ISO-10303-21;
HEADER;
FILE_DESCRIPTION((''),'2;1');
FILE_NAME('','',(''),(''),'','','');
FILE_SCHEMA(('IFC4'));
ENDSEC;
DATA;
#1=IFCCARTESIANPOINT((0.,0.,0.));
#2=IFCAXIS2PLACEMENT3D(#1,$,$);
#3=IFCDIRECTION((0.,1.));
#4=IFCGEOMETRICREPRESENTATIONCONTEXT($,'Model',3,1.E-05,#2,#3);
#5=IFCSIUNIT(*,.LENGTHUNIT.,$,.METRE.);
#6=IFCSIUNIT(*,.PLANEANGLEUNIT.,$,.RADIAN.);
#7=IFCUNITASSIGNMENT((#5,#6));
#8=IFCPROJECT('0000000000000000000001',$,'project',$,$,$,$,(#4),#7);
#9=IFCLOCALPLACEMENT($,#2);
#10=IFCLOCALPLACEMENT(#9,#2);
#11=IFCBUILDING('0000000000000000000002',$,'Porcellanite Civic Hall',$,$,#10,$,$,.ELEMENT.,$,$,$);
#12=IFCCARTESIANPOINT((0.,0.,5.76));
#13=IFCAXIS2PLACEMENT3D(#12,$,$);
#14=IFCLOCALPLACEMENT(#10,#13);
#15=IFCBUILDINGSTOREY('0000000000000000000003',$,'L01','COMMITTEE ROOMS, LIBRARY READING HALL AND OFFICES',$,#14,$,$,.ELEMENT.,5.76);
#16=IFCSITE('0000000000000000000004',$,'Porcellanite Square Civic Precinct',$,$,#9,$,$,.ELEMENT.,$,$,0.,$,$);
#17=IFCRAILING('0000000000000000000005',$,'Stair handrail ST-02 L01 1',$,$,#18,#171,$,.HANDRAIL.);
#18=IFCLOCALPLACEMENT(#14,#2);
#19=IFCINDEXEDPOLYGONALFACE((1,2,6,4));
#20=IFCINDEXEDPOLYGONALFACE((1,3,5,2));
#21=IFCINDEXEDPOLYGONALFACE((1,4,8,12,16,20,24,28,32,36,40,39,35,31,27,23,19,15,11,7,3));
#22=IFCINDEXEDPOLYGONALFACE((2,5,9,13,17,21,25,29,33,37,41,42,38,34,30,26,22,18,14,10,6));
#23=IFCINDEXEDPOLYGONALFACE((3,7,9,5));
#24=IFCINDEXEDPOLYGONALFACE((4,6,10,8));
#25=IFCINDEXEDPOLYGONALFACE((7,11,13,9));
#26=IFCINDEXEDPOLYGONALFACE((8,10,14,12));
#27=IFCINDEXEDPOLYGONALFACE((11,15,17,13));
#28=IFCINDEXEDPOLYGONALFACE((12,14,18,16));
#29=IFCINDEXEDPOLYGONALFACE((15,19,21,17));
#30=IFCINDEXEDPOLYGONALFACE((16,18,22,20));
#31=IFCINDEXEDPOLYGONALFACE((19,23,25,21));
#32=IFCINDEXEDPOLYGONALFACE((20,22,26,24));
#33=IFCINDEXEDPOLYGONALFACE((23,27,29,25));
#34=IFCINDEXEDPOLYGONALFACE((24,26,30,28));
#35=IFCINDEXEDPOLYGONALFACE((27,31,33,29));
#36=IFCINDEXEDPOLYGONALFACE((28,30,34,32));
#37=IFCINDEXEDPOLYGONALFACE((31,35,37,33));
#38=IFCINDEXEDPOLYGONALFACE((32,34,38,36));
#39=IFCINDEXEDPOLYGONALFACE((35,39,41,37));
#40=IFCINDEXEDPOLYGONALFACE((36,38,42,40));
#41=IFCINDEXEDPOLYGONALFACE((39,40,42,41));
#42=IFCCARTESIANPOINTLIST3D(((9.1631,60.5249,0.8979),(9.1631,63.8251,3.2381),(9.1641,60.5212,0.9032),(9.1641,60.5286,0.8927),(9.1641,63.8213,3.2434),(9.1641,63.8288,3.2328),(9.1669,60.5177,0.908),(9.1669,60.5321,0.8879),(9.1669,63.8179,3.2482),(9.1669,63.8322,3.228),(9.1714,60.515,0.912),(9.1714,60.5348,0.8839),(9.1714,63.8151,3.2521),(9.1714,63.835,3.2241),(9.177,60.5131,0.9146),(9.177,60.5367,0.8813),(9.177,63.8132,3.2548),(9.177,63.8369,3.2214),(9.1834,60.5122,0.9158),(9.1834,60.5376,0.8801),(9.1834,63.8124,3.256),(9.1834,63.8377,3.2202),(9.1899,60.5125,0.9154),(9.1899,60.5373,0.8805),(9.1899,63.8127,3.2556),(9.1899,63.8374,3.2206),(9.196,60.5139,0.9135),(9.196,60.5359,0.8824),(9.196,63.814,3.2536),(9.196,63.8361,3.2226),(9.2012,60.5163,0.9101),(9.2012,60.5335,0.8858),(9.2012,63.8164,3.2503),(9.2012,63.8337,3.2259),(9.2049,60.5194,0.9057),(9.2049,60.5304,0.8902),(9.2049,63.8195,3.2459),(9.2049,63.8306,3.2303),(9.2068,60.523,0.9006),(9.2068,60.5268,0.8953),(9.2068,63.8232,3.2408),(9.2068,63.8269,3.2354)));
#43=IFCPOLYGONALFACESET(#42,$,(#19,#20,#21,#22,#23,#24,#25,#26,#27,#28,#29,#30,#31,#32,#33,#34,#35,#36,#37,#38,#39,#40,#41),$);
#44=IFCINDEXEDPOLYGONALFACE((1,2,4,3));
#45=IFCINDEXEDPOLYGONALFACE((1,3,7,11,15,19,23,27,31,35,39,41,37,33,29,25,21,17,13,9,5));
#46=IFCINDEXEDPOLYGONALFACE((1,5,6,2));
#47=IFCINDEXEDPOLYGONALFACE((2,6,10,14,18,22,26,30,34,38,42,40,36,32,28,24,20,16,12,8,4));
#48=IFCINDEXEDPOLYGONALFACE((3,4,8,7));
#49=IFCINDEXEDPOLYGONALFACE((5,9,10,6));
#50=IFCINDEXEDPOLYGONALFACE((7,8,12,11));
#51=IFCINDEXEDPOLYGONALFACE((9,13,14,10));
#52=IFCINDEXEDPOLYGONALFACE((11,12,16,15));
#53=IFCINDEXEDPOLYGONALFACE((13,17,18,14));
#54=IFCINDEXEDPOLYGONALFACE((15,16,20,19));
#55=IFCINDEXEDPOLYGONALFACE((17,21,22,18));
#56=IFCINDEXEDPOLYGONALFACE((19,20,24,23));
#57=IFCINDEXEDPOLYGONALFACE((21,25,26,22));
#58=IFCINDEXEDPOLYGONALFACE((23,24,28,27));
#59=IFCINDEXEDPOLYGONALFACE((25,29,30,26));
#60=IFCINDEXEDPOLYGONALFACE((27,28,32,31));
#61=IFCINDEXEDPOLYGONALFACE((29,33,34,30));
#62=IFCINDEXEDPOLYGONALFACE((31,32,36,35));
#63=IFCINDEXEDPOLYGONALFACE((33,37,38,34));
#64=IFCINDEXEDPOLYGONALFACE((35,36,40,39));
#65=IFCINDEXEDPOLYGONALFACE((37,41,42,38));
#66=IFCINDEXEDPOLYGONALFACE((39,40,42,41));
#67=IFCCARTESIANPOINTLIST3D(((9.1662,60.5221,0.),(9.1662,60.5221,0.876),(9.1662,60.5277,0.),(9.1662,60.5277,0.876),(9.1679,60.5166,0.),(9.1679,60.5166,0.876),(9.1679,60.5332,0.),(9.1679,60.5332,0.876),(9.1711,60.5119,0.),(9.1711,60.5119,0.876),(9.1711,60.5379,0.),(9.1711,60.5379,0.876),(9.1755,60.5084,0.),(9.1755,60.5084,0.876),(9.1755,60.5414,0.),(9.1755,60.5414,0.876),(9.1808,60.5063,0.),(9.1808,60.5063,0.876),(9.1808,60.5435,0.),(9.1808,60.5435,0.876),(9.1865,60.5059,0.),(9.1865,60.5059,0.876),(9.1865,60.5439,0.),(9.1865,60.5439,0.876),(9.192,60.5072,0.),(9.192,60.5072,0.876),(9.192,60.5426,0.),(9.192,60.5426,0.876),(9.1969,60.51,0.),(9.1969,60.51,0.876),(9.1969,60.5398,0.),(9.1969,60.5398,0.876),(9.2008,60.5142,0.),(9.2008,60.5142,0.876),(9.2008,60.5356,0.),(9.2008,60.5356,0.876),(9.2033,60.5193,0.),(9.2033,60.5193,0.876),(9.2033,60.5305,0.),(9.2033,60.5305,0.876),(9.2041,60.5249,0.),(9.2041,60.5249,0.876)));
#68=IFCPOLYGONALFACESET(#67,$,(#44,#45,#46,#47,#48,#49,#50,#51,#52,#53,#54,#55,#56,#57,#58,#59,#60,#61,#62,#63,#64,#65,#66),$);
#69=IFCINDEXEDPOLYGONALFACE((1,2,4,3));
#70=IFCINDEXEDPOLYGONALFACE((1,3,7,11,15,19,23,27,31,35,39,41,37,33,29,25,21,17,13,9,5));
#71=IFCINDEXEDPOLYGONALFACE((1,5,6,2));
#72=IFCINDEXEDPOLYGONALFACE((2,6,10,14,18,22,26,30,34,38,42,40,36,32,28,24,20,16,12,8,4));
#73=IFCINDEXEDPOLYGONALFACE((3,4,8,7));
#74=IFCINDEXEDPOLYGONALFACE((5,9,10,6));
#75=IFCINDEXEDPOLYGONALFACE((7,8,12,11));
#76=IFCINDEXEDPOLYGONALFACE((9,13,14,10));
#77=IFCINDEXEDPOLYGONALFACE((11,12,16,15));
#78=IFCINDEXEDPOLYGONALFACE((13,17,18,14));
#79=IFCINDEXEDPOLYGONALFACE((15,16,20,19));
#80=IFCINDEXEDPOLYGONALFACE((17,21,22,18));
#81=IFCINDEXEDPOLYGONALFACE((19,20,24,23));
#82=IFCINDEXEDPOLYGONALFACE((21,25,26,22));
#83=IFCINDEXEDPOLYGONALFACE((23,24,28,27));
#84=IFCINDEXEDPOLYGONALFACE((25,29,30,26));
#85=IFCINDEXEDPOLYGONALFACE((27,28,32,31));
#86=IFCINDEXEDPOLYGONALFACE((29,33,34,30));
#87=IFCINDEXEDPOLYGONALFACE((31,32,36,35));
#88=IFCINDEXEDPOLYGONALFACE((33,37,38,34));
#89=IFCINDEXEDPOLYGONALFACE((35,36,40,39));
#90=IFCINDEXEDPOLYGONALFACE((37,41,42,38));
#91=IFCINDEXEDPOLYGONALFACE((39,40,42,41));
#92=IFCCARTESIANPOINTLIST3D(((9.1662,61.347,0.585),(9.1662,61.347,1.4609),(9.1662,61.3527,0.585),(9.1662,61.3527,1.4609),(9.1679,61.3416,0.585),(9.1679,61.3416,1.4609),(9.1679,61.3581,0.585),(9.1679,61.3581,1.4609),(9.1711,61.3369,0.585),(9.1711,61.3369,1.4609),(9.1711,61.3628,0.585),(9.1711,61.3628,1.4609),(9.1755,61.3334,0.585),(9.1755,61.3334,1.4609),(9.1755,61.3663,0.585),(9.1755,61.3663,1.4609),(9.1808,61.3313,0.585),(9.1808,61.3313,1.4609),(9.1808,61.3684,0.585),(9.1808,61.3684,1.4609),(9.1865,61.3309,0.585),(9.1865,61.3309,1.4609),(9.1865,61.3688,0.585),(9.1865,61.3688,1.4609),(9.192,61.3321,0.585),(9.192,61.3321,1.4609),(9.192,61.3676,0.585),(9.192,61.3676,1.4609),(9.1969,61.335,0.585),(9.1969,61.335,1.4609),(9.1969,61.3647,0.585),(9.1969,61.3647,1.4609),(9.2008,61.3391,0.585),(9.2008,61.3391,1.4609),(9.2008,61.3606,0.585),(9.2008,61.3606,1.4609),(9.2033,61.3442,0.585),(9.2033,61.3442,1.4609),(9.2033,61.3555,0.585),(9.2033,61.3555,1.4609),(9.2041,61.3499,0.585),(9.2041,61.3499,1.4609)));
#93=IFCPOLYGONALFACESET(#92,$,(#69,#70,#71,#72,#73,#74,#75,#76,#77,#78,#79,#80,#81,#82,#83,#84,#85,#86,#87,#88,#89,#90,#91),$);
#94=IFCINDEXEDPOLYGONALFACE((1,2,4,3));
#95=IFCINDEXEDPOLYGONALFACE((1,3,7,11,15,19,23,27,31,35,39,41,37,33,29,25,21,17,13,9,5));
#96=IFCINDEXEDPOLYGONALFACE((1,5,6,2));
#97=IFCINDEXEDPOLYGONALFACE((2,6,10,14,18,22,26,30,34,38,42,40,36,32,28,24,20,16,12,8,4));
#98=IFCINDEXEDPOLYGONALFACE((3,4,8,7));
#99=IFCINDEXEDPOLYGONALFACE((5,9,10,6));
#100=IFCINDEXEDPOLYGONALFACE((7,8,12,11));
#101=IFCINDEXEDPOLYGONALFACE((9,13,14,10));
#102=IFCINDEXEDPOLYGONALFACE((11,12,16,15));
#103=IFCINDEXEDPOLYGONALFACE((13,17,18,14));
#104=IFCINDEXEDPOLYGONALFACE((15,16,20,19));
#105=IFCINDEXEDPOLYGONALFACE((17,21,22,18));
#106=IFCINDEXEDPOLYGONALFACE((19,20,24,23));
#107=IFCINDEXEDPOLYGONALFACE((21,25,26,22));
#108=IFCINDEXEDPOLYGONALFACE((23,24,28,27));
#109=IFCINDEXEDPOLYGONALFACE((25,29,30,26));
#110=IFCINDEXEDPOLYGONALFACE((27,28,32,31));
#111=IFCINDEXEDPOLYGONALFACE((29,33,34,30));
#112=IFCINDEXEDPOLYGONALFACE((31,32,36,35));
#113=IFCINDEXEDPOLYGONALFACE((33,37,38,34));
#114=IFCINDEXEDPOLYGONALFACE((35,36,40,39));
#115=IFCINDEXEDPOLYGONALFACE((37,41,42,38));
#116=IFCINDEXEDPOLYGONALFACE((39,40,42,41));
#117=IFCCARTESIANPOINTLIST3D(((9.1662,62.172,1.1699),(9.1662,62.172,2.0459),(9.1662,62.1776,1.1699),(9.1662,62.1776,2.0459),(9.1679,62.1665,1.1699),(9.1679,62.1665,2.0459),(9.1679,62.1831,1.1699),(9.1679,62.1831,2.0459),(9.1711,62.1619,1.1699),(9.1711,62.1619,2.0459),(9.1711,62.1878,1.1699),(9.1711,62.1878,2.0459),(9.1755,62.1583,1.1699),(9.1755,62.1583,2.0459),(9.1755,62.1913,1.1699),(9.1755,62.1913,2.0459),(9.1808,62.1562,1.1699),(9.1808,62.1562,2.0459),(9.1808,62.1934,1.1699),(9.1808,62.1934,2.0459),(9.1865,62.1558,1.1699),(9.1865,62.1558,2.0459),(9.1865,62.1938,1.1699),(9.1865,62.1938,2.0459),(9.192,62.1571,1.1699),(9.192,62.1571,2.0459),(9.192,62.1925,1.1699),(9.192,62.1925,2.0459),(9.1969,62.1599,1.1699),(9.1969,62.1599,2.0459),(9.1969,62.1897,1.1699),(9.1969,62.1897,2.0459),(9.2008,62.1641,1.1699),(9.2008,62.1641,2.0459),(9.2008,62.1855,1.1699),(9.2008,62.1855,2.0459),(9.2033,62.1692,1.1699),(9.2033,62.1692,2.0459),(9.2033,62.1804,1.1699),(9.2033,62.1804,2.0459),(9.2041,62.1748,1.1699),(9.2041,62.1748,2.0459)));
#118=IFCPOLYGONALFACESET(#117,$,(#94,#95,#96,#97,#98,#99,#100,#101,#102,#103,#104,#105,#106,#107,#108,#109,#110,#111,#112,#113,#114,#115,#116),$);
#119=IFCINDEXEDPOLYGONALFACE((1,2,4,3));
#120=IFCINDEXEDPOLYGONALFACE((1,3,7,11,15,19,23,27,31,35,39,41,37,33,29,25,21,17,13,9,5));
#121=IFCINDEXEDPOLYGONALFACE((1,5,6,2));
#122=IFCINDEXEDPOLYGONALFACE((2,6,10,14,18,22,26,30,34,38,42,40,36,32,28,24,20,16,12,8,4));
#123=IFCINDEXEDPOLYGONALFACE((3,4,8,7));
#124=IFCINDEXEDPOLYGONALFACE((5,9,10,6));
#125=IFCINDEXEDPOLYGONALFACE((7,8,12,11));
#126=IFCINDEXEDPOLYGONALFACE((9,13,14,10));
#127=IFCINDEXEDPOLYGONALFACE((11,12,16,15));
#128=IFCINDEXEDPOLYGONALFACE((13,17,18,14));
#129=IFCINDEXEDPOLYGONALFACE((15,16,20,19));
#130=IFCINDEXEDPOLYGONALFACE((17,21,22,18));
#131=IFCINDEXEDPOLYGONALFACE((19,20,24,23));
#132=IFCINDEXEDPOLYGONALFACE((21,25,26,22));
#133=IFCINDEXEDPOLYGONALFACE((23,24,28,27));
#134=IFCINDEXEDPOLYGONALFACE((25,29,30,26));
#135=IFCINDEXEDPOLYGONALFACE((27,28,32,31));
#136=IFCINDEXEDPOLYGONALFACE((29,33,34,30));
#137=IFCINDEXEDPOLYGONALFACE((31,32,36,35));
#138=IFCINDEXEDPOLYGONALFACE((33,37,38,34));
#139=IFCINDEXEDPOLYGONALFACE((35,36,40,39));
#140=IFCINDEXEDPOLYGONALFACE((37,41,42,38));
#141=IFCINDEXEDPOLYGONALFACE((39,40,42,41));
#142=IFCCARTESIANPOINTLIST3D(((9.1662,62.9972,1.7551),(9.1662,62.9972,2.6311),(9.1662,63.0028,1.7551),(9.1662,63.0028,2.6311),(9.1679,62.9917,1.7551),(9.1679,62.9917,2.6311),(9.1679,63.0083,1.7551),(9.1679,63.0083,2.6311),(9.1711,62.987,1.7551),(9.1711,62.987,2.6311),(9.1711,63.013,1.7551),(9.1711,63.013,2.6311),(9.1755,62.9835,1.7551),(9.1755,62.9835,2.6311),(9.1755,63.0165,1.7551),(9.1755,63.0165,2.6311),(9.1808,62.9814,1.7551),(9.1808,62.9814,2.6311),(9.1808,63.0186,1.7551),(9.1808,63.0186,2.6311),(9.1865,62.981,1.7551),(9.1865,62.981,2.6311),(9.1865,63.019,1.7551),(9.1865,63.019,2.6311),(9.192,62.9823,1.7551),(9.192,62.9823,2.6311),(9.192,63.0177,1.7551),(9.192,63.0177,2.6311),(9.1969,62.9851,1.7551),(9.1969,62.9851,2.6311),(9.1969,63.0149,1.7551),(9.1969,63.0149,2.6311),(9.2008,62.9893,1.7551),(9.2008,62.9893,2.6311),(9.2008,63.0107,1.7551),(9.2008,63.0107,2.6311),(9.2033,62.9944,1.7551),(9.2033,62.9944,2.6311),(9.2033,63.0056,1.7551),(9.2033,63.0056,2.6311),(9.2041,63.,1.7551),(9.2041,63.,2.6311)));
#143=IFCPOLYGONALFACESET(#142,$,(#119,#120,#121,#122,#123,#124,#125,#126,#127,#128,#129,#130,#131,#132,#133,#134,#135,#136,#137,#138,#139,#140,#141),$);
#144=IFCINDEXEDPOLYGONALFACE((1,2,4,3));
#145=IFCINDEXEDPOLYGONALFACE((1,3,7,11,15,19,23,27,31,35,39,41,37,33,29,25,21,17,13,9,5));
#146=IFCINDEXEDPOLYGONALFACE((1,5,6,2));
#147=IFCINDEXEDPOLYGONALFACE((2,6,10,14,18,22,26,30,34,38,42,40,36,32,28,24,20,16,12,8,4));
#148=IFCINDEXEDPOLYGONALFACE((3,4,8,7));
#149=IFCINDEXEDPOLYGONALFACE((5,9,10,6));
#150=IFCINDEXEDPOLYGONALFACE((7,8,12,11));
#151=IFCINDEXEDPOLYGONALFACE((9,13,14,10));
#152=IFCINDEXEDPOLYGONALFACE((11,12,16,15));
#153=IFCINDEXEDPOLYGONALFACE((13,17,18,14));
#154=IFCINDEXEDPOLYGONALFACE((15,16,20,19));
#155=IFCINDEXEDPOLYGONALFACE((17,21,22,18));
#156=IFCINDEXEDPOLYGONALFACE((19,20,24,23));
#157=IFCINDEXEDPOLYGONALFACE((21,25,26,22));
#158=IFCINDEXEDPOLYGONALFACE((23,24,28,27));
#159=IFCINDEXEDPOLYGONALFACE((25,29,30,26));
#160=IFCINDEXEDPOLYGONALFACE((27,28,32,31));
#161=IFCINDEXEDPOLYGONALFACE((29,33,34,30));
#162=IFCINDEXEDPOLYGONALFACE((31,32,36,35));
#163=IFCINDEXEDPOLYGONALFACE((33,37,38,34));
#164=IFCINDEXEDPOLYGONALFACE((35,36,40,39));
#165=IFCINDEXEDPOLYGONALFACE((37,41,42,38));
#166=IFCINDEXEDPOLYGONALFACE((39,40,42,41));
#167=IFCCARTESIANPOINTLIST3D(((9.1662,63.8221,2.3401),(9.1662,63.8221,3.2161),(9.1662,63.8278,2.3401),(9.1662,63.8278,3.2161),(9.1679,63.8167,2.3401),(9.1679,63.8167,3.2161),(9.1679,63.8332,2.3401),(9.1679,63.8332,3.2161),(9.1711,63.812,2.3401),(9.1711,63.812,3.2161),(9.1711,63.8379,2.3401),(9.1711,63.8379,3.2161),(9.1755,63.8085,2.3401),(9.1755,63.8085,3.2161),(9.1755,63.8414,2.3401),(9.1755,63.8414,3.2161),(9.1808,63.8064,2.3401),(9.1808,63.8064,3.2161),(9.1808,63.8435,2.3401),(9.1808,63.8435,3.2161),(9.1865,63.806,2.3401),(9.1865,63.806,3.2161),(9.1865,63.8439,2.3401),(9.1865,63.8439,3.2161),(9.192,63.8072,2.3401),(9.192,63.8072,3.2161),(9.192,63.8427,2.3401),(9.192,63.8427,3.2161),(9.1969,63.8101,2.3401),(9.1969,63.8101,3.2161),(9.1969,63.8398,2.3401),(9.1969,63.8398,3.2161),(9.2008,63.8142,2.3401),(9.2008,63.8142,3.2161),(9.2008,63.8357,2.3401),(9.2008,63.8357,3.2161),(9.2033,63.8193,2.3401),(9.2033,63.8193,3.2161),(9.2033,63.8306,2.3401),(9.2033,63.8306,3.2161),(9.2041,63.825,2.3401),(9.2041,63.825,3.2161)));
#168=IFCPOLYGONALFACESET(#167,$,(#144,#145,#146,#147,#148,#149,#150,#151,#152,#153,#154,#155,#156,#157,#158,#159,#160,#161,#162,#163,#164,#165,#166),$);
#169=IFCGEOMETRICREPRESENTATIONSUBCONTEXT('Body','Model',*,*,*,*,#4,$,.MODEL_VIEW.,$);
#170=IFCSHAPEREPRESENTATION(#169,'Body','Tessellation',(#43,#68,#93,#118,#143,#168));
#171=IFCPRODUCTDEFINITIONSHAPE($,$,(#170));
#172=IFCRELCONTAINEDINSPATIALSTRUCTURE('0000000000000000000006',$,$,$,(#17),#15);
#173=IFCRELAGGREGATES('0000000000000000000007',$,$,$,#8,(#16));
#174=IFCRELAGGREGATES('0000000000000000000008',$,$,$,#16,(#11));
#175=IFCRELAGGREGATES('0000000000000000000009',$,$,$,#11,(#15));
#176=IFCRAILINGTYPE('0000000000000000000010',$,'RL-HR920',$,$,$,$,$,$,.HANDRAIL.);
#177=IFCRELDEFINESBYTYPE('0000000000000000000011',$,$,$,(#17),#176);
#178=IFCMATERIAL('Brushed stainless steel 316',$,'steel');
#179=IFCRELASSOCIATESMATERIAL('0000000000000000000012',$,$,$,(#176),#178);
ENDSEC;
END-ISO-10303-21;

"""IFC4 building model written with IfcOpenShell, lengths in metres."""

from ifc_helpers import new_model, si_unit, direction, frame, origin, origin_2d, place, context, subcontext, project, spatial, circle, extrude, material, type_object, element, save


model = new_model("IFC4")

# Units and contexts
model_context = context("Model", 3, precision=1e-05, world=origin(), true_north=direction((0.0, 1.0)))
body_context = subcontext(model_context, "Body", "Model", "MODEL_VIEW")
ifc_project = project(units=[si_unit("LENGTHUNIT", "METRE"), si_unit("PLANEANGLEUNIT", "RADIAN")], contexts=[model_context])

# Site, building, storey
site_placement = place(None, origin())
site = spatial("IfcSite", under=ifc_project, at=site_placement, Name="Porcellanite Square Civic Precinct", CompositionType="ELEMENT", RefElevation=0.0)
building_placement = place(site_placement, origin())
building = spatial("IfcBuilding", under=site, at=building_placement, Name="Porcellanite Civic Hall", CompositionType="ELEMENT")
storey_placement = place(building_placement, frame((0.0, 0.0, 5.76)))
storey = spatial("IfcBuildingStorey", under=building, at=storey_placement, Name="L01", Description="COMMITTEE ROOMS, LIBRARY READING HALL AND OFFICES", CompositionType="ELEMENT", Elevation=5.76)

# Railing
ifc_material_1 = material(Name="Brushed stainless steel 316", Category="steel")
railing_type_1 = type_object("IfcRailingType", Name="RL-HR920", PredefinedType="HANDRAIL", material=ifc_material_1)
railing_1_placement = place(storey_placement, frame((9.1851, 60.5249, 0.0)))
element("IfcRailing", 1, at=railing_1_placement, inside=storey, type_object=railing_type_1, Name="Stair handrail ST-02 L01 1", PredefinedType="HANDRAIL", context=body_context, shape_type="SweptSolid", body=[
    extrude(circle(Radius=0.022, at=origin_2d()), frame((0.0, 0.0, 0.8979), z_axis=(0.0, 0.815727, 0.578438), x_axis=(-1.0, 0.0, 0.0)), (0.0, 0.0, 1.0), 4.0457),
    extrude(circle(Radius=0.019, at=origin_2d()), origin(), (0.0, 0.0, 1.0), 0.876),
    extrude(circle(Radius=0.019, at=origin_2d()), frame((0.0, 0.825, 0.585)), (0.0, 0.0, 1.0), 0.876),
    extrude(circle(Radius=0.019, at=origin_2d()), frame((0.0, 1.6499, 1.1699)), (0.0, 0.0, 1.0), 0.876),
    extrude(circle(Radius=0.019, at=origin_2d()), frame((0.0, 2.4751, 1.7551)), (0.0, 0.0, 1.0), 0.876),
    extrude(circle(Radius=0.019, at=origin_2d()), frame((0.0, 3.3, 2.3401)), (0.0, 0.0, 1.0), 0.876),
])

save(model, "model.ifc")
